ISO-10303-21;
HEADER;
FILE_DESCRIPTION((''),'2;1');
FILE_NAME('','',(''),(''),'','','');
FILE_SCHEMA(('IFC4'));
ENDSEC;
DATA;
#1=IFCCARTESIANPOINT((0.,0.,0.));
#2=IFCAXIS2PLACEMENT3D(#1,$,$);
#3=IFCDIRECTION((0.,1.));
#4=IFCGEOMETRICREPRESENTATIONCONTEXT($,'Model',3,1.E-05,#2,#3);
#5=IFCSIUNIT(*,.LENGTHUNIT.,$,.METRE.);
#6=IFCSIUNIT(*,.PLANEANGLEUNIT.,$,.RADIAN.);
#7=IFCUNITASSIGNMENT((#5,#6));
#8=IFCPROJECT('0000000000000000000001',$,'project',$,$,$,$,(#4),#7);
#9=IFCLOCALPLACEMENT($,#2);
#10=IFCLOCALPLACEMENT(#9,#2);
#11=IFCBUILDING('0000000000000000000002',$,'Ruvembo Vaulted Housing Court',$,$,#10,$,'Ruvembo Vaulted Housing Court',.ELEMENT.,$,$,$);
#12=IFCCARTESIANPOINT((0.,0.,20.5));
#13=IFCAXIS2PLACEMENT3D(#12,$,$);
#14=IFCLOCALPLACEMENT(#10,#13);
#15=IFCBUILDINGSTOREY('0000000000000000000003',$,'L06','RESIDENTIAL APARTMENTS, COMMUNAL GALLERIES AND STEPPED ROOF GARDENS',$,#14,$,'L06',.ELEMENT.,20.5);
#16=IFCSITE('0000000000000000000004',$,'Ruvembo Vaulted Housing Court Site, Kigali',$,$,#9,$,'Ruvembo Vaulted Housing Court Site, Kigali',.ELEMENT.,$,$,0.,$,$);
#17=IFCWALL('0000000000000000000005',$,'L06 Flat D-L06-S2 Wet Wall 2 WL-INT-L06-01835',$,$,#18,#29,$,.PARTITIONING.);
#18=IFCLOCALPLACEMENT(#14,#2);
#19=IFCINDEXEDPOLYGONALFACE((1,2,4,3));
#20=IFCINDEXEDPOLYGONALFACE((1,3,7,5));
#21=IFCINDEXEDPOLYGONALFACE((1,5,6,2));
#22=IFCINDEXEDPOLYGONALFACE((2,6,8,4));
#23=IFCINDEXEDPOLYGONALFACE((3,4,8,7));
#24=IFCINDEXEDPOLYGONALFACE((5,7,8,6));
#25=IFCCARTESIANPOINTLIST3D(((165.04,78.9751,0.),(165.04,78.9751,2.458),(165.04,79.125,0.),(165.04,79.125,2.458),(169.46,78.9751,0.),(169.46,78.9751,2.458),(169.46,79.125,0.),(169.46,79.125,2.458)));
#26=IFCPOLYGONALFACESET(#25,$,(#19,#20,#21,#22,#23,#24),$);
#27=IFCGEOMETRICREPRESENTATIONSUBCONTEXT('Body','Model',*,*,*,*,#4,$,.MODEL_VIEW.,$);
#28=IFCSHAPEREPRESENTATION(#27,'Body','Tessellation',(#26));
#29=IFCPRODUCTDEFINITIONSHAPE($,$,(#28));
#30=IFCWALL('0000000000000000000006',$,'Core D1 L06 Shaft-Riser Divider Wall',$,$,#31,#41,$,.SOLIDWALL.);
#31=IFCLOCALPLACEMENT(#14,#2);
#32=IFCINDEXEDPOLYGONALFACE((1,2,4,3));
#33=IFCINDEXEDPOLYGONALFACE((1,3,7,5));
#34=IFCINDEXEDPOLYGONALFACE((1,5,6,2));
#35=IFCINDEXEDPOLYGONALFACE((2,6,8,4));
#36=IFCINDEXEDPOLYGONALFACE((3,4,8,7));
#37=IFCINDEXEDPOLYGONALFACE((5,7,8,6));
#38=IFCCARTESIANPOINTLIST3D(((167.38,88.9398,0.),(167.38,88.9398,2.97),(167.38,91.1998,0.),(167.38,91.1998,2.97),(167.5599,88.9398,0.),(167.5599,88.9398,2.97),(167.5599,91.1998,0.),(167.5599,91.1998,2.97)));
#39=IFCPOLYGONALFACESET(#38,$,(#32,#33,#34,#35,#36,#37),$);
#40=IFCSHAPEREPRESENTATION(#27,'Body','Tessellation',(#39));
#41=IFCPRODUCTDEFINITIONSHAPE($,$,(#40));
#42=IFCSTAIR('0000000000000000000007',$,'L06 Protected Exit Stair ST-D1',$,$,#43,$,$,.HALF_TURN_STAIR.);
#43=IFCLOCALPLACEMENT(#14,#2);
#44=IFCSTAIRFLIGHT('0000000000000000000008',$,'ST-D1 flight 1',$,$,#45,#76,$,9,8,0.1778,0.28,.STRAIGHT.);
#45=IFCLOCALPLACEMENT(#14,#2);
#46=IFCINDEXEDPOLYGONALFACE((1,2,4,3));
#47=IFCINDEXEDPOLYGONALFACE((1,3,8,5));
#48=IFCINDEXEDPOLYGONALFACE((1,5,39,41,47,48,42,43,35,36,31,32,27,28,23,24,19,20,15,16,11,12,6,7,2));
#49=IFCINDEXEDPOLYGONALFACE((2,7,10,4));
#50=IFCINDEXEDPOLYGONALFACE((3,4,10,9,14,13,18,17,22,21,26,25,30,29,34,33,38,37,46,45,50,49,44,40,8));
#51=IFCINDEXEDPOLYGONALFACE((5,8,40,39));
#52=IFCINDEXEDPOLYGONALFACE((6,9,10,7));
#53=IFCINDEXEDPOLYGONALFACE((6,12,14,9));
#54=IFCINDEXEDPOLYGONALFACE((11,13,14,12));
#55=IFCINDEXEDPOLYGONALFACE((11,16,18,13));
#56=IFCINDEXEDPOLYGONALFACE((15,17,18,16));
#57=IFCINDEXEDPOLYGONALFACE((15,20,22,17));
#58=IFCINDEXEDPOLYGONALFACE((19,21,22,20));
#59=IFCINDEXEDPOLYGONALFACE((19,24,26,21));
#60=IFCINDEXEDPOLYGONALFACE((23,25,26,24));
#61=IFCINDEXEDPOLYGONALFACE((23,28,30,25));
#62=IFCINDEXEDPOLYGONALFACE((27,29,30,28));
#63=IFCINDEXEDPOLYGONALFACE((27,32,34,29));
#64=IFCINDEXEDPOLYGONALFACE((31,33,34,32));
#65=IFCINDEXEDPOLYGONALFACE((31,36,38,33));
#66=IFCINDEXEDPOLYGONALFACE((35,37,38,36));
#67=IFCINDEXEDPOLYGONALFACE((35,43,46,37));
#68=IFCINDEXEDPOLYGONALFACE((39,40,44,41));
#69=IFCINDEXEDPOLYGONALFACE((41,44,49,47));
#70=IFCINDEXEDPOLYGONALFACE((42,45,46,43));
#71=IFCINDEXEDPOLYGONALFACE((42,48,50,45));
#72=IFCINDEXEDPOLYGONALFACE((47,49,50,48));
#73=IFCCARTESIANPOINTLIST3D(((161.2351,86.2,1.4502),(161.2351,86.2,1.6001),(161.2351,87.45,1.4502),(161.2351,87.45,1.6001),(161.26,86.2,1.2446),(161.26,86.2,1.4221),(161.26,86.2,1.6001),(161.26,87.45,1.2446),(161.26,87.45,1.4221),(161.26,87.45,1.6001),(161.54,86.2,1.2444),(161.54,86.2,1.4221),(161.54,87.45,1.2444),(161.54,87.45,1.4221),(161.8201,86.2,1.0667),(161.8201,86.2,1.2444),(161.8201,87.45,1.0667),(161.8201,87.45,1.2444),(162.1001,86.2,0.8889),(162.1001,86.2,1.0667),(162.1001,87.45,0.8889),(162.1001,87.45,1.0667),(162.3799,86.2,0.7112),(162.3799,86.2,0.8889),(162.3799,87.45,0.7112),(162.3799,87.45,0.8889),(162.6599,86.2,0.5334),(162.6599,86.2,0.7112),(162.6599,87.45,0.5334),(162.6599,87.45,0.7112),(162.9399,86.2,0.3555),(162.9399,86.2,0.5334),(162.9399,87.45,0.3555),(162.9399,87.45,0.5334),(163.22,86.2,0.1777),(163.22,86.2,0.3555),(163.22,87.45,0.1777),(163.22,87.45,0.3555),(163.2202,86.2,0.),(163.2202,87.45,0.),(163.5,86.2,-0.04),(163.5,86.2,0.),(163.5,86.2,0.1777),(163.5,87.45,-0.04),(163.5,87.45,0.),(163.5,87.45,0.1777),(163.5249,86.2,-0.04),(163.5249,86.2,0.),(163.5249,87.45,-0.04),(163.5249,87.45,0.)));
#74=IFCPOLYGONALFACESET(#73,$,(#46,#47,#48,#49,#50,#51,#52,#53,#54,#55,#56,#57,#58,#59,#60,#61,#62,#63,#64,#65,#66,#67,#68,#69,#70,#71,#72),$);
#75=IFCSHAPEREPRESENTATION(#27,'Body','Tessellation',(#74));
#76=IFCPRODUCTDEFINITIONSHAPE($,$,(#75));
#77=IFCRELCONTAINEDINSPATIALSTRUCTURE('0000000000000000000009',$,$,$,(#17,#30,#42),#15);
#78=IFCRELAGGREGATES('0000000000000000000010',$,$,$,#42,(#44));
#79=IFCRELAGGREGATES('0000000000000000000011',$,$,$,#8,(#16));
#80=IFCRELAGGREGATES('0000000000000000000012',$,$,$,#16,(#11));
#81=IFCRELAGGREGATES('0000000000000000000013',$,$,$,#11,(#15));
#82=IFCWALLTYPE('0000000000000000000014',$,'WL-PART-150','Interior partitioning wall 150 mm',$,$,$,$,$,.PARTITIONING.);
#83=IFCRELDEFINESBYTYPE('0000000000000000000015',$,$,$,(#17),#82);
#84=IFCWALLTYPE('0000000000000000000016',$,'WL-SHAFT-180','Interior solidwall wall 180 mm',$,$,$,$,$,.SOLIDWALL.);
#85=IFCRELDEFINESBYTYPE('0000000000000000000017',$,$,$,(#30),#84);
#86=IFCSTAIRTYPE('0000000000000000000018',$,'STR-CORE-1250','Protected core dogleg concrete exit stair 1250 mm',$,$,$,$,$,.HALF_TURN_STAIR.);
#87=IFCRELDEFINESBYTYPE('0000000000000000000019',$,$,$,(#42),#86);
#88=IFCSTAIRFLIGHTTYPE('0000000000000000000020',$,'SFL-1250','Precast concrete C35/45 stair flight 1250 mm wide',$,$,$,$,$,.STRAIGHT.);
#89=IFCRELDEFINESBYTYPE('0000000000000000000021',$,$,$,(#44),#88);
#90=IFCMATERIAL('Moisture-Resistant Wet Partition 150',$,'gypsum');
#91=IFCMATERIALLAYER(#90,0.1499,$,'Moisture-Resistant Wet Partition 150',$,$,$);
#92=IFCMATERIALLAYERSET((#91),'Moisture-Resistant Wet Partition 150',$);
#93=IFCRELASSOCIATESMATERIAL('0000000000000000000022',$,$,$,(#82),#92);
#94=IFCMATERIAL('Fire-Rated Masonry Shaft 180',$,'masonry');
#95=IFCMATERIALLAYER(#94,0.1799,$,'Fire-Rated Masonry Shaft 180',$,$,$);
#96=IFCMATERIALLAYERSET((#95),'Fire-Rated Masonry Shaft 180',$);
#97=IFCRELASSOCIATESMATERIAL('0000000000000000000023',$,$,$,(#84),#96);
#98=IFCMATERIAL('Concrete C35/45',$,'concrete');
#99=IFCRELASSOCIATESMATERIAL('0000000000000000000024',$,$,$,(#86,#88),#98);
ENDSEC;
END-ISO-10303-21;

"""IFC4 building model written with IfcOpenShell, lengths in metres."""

from ifc_helpers import new_model, si_unit, direction, frame, frame_2d, origin, place, context, subcontext, project, spatial, polyline, rectangle, outline, extrude, material, layer, layer_set, type_object, element, aggregate, save


model = new_model("IFC4")

# Units and contexts
model_context = context("Model", 3, precision=1e-05, world=origin(), true_north=direction((0.0, 1.0)))
body_context = subcontext(model_context, "Body", "Model", "MODEL_VIEW")
ifc_project = project(units=[si_unit("LENGTHUNIT", "METRE"), si_unit("PLANEANGLEUNIT", "RADIAN")], contexts=[model_context])

# Site, building, storey
site_placement = place(None, origin())
site = spatial("IfcSite", under=ifc_project, at=site_placement, Name="Ruvembo Vaulted Housing Court Site, Kigali", LongName="Ruvembo Vaulted Housing Court Site, Kigali", CompositionType="ELEMENT", RefElevation=0.0)
building_placement = place(site_placement, origin())
building = spatial("IfcBuilding", under=site, at=building_placement, Name="Ruvembo Vaulted Housing Court", LongName="Ruvembo Vaulted Housing Court", CompositionType="ELEMENT")
storey_placement = place(building_placement, frame((0.0, 0.0, 20.5)))
storey = spatial("IfcBuildingStorey", under=building, at=storey_placement, Name="L06", Description="RESIDENTIAL APARTMENTS, COMMUNAL GALLERIES AND STEPPED ROOF GARDENS", LongName="L06", CompositionType="ELEMENT", Elevation=20.5)

# Shared definitions
ifc_material_1 = material(Name="Concrete C35/45", Category="concrete")

# Wall
ifc_material_2 = material(Name="Moisture-Resistant Wet Partition 150", Category="gypsum")
ifc_layer_1 = layer(ifc_material_2, 0.1499, Name="Moisture-Resistant Wet Partition 150")
ifc_layer_set_1 = layer_set([ifc_layer_1], Name="Moisture-Resistant Wet Partition 150")
wall_type_1 = type_object("IfcWallType", Name="WL-PART-150", Description="Interior partitioning wall 150 mm", PredefinedType="PARTITIONING", material=ifc_layer_set_1)
wall_1_placement = place(storey_placement, frame((165.04, 79.05, 0.0), z_axis=(0.0, 0.0, 1.0), x_axis=(1.0, 0.0, 0.0)))
element("IfcWall", 1, at=wall_1_placement, inside=storey, type_object=wall_type_1, Name="L06 Flat D-L06-S2 Wet Wall 2 WL-INT-L06-01835", PredefinedType="PARTITIONING", context=body_context, shape_type="SweptSolid", body=[
    extrude(rectangle(XDim=4.4199, YDim=0.1499, at=frame_2d((2.21, 0.0))), origin(), (0.0, 0.0, 1.0), 2.458),
])

# Shared definitions
ifc_material_3 = material(Name="Fire-Rated Masonry Shaft 180", Category="masonry")
ifc_layer_2 = layer(ifc_material_3, 0.1799, Name="Fire-Rated Masonry Shaft 180")
ifc_layer_set_2 = layer_set([ifc_layer_2], Name="Fire-Rated Masonry Shaft 180")
wall_type_2 = type_object("IfcWallType", Name="WL-SHAFT-180", Description="Interior solidwall wall 180 mm", PredefinedType="SOLIDWALL", material=ifc_layer_set_2)

# Wall
wall_2_placement = place(storey_placement, frame((167.47, 88.9399, 0.0), z_axis=(0.0, 0.0, 1.0), x_axis=(0.0, 1.0, 0.0)))
element("IfcWall", 2, at=wall_2_placement, inside=storey, type_object=wall_type_2, Name="Core D1 L06 Shaft-Riser Divider Wall", PredefinedType="SOLIDWALL", context=body_context, shape_type="SweptSolid", body=[
    extrude(rectangle(XDim=2.26, YDim=0.1799, at=frame_2d((1.1299, 0.0))), origin(), (0.0, 0.0, 1.0), 2.97),
])

# Stair, stair flight
stair_type = type_object("IfcStairType", Name="STR-CORE-1250", Description="Protected core dogleg concrete exit stair 1250 mm", PredefinedType="HALF_TURN_STAIR", material=ifc_material_1)
stair_placement = place(storey_placement, origin())
stair = element("IfcStair", 3, at=stair_placement, inside=storey, type_object=stair_type, Name="L06 Protected Exit Stair ST-D1", PredefinedType="HALF_TURN_STAIR")
stair_flight_type = type_object("IfcStairFlightType", Name="SFL-1250", Description="Precast concrete C35/45 stair flight 1250 mm wide", PredefinedType="STRAIGHT", material=ifc_material_1)
stair_flight_placement = place(storey_placement, frame((163.5, 86.825, 0.0), z_axis=(0.0, 0.0, 1.0), x_axis=(-1.0, 0.0, 0.0)))
stair_flight = element("IfcStairFlight", 4, at=stair_flight_placement, type_object=stair_flight_type, Name="ST-D1 flight 1", NumberOfRisers=9, NumberOfTreads=8, PredefinedType="STRAIGHT", RiserHeight=0.1778, TreadLength=0.28, context=body_context, shape_type="SweptSolid", body=[
    extrude(outline(polyline([(-0.0249, -0.04), (-0.0249, 0.0), (0.0, 0.0), (0.0, 0.1777), (0.28, 0.1777), (0.28, 0.3555), (0.5601, 0.3555), (0.5601, 0.5334), (0.8401, 0.5334), (0.8401, 0.7112), (1.1201, 0.7112), (1.1201, 0.8889), (1.3999, 0.8889), (1.3999, 1.0667), (1.6799, 1.0667), (1.6799, 1.2444), (1.96, 1.2444), (1.96, 1.4221), (2.24, 1.4221), (2.24, 1.6001), (2.2649, 1.6001), (2.2649, 1.4502), (2.24, 1.2446), (0.2798, 0.0), (0.0, -0.04), (-0.0249, -0.04)])), frame((0.0, 0.625, 0.0), z_axis=(0.0, -1.0, 0.0), x_axis=(1.0, 0.0, 0.0)), (0.0, 0.0, 1.0), 1.25),
])
aggregate(stair, [stair_flight])

save(model, "model.ifc")
